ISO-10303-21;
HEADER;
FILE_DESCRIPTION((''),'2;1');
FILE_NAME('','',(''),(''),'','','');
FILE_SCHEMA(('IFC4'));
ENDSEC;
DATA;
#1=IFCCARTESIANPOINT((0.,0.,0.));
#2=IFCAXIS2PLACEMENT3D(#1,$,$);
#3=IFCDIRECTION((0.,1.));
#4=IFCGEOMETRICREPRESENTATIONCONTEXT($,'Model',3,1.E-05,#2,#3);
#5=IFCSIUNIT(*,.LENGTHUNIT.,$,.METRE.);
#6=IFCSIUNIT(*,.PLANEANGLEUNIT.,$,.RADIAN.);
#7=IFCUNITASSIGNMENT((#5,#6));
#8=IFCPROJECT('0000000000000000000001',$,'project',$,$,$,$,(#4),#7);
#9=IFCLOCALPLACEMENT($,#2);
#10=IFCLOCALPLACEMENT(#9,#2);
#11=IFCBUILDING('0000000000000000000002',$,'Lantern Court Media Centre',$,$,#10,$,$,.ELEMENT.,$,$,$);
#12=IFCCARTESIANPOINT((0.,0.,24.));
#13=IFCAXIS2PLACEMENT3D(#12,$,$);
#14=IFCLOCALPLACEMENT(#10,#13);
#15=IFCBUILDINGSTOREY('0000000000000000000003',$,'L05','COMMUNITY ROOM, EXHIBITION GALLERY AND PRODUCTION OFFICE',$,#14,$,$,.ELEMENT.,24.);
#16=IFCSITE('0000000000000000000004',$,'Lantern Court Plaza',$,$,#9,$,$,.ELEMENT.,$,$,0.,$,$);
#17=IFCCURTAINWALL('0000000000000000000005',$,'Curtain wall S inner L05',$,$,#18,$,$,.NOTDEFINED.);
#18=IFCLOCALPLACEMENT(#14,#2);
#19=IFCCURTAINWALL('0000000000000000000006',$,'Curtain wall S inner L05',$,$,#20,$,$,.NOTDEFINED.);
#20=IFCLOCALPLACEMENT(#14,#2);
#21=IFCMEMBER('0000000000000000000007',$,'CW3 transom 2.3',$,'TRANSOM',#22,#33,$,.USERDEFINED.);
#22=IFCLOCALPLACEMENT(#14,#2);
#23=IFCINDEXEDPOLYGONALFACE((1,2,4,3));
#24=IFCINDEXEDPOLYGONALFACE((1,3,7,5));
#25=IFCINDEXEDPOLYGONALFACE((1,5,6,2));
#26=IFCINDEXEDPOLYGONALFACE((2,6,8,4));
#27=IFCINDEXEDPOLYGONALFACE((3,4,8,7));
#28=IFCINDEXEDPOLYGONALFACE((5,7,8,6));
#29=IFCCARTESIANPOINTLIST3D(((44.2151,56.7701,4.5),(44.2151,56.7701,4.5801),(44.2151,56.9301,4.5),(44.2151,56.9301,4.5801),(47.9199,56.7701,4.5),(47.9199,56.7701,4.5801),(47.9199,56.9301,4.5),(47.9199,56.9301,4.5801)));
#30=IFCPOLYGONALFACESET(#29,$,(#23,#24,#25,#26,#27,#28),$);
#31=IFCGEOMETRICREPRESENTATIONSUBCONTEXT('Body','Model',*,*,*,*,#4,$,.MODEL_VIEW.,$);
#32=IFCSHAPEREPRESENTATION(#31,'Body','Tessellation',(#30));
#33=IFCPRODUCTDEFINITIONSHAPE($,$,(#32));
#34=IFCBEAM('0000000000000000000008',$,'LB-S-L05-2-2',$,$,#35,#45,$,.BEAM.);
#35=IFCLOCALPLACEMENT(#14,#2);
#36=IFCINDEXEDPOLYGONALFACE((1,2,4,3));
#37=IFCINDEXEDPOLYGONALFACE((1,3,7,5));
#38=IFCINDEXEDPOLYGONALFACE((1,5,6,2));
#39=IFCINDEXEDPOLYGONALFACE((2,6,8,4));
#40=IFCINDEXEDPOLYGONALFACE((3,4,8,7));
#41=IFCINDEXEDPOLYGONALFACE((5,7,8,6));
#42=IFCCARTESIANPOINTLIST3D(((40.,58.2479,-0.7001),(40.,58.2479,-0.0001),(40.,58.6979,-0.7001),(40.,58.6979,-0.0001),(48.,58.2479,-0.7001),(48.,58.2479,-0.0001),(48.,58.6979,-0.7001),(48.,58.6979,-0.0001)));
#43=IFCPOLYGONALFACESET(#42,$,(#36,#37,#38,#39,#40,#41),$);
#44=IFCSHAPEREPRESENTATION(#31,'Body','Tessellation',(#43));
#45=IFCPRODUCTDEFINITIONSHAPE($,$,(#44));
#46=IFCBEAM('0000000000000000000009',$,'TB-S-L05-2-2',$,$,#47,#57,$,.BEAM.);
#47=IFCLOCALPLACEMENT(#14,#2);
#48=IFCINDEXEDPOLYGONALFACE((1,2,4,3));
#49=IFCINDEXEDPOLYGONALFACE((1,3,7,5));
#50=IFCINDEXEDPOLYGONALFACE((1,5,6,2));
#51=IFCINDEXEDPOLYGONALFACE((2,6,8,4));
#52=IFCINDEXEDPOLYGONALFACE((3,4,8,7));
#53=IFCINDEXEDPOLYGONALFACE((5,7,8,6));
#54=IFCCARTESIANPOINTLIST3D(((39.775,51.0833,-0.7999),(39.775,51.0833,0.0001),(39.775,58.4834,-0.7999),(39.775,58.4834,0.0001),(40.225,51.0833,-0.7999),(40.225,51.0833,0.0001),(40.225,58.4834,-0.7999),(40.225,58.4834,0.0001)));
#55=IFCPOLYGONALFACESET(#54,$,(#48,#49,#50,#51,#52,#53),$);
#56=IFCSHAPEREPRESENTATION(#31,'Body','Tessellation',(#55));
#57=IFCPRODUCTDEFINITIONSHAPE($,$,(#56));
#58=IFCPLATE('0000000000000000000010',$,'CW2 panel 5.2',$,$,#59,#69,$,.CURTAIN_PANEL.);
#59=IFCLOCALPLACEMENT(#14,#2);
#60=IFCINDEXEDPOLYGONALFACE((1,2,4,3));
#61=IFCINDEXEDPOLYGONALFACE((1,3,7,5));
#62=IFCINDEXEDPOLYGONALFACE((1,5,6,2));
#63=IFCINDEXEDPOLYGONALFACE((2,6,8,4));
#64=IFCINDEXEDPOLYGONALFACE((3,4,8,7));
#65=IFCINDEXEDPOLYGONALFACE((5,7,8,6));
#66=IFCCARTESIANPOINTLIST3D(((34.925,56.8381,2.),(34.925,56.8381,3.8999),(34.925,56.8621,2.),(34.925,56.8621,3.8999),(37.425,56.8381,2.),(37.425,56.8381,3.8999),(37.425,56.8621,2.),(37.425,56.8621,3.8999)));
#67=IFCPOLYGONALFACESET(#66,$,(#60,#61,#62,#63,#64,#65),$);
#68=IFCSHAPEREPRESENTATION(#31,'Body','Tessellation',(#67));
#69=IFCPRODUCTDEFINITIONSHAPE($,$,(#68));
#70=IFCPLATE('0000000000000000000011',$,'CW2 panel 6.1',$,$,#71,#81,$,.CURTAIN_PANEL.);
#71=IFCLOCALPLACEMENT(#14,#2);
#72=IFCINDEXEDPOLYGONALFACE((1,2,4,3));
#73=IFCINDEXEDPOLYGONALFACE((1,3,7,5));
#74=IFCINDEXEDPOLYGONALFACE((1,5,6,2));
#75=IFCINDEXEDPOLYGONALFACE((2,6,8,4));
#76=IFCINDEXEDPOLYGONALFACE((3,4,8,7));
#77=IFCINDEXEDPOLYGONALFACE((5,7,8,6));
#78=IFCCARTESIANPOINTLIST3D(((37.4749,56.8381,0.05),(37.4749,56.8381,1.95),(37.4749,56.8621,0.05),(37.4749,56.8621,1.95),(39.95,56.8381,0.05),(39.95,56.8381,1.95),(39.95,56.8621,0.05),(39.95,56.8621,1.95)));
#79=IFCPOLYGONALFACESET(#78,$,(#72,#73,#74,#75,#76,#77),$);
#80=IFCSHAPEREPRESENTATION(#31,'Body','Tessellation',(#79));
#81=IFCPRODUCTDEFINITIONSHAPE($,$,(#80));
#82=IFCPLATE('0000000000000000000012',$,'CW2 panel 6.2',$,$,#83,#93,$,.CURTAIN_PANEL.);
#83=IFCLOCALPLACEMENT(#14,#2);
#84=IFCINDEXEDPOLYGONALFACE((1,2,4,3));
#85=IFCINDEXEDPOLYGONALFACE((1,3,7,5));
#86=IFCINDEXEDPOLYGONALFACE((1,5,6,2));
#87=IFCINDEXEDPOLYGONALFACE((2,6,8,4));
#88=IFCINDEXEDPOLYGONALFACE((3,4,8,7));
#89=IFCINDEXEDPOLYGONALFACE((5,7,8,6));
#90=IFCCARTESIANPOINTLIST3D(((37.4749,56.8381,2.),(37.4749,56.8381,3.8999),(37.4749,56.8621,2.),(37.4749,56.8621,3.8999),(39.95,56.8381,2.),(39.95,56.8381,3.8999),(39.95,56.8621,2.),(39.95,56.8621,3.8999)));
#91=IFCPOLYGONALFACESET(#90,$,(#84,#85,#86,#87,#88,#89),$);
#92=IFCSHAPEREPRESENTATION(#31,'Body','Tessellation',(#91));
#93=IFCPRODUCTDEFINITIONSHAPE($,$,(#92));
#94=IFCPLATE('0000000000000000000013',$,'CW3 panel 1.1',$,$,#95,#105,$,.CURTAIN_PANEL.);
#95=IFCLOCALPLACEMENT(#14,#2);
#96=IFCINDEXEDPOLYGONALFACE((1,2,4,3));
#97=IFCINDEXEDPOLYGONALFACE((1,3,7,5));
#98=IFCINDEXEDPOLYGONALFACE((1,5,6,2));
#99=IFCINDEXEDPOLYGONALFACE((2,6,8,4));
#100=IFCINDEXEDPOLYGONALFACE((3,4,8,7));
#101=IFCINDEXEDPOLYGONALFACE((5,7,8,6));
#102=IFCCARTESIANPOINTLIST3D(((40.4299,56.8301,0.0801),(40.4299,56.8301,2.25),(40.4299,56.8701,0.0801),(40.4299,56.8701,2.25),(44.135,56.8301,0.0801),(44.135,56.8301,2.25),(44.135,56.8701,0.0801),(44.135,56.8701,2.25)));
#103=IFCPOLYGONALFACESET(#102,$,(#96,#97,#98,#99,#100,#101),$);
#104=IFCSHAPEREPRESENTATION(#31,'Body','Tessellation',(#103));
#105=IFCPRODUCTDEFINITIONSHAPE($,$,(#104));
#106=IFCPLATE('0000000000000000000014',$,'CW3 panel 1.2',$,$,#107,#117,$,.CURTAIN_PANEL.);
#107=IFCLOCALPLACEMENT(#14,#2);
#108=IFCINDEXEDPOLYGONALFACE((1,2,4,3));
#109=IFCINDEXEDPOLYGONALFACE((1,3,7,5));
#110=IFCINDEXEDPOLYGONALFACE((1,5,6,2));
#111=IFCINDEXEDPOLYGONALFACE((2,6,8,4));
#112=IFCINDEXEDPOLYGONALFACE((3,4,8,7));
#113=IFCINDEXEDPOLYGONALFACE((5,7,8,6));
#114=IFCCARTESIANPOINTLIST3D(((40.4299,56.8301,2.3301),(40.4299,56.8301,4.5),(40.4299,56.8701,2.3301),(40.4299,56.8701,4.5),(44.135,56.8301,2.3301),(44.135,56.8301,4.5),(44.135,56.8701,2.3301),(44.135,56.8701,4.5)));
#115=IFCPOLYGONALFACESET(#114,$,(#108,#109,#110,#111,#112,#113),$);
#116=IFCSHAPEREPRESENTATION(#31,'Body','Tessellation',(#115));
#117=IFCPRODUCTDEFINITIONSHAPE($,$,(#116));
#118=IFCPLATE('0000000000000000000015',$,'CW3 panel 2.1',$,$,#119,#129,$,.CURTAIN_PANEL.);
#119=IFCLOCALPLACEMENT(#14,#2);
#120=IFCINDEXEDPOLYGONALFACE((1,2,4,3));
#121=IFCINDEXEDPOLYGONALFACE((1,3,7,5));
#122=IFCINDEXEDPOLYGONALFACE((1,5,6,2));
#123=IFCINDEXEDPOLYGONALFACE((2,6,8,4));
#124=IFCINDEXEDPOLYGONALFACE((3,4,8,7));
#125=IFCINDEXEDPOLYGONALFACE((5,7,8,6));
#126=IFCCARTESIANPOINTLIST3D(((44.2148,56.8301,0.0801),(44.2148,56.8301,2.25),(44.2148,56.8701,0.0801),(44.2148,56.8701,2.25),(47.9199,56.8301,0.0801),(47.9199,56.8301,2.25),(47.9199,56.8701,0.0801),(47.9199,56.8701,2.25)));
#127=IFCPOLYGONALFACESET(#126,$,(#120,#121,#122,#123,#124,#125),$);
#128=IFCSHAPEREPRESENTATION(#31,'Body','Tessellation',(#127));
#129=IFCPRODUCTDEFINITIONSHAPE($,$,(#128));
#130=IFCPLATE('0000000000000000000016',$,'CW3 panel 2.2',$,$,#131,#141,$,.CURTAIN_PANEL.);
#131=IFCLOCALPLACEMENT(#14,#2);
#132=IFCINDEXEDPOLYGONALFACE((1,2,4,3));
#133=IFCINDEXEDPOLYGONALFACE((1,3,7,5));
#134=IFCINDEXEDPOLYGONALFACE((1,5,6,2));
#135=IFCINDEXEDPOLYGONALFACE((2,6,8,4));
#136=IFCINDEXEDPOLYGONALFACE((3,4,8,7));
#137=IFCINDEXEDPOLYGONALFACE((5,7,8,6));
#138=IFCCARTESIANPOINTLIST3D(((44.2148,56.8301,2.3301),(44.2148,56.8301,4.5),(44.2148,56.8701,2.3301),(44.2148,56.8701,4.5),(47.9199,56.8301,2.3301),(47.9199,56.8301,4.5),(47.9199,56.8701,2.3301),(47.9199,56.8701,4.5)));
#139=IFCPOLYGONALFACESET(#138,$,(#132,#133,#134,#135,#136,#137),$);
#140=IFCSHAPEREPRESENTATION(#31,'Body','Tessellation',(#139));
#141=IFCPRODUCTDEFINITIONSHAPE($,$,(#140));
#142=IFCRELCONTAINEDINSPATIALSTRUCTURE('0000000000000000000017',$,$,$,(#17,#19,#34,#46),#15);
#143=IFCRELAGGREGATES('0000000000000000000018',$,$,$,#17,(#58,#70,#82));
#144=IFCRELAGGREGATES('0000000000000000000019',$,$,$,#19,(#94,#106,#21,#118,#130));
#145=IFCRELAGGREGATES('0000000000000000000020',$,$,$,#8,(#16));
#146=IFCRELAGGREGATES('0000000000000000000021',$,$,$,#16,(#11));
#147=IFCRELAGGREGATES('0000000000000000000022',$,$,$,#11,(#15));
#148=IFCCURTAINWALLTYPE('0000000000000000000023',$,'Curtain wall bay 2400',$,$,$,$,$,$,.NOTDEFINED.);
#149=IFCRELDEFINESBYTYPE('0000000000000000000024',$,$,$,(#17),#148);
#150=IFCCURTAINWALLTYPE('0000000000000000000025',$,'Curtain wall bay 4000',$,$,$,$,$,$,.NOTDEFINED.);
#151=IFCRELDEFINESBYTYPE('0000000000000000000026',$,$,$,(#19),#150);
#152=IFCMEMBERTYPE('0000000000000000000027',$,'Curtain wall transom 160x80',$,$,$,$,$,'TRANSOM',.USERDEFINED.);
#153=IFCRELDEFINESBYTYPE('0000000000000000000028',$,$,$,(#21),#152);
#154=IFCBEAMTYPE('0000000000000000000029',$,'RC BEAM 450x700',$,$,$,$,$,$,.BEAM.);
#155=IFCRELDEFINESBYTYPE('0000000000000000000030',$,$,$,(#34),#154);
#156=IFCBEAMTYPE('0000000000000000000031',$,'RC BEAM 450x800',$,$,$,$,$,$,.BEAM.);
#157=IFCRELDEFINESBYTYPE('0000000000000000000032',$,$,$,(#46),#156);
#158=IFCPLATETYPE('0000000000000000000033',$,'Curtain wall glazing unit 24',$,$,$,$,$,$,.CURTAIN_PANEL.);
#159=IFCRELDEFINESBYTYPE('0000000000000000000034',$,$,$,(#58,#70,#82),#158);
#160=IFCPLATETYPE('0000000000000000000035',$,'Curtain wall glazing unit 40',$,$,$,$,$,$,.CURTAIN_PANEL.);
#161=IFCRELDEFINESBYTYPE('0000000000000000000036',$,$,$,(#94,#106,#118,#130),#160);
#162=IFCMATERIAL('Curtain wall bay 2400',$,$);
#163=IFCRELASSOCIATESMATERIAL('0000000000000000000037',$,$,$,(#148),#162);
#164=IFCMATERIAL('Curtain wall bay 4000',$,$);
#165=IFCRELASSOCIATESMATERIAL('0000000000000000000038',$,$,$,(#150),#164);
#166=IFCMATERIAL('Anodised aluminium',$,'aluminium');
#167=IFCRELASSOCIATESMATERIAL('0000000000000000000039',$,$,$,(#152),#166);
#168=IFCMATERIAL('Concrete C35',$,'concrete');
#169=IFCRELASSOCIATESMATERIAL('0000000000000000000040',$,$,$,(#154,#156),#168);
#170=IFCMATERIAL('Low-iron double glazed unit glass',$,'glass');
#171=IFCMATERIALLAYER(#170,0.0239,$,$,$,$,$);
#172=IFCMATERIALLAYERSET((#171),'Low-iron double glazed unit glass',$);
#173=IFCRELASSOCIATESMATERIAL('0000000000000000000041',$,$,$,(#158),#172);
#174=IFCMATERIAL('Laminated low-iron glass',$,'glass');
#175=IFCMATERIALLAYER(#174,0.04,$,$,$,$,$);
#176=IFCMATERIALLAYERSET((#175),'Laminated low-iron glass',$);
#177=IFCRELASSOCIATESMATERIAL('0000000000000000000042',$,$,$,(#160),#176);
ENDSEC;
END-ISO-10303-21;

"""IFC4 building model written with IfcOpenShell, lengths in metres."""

from ifc_helpers import new_model, si_unit, direction, frame, origin, origin_2d, place, context, subcontext, project, spatial, rectangle, extrude, material, layer, layer_set, material_profile, profile_set, type_object, element, aggregate, save


model = new_model("IFC4")

# Units and contexts
model_context = context("Model", 3, precision=1e-05, world=origin(), true_north=direction((0.0, 1.0)))
body_context = subcontext(model_context, "Body", "Model", "MODEL_VIEW")
ifc_project = project(units=[si_unit("LENGTHUNIT", "METRE"), si_unit("PLANEANGLEUNIT", "RADIAN")], contexts=[model_context])

# Site, building, storey
site_placement = place(None, origin())
site = spatial("IfcSite", under=ifc_project, at=site_placement, Name="Lantern Court Plaza", CompositionType="ELEMENT", RefElevation=0.0)
building_placement = place(site_placement, origin())
building = spatial("IfcBuilding", under=site, at=building_placement, Name="Lantern Court Media Centre", CompositionType="ELEMENT")
storey_placement = place(building_placement, frame((0.0, 0.0, 24.0)))
storey = spatial("IfcBuildingStorey", under=building, at=storey_placement, Name="L05", Description="COMMUNITY ROOM, EXHIBITION GALLERY AND PRODUCTION OFFICE", CompositionType="ELEMENT", Elevation=24.0)

# Shared definitions
ifc_material_1 = material(Name="Concrete C35", Category="concrete")

# Curtain walls
ifc_material_2 = material(Name="Curtain wall bay 2400")
curtain_wall_type_1 = type_object("IfcCurtainWallType", Name="Curtain wall bay 2400", PredefinedType="NOTDEFINED", material=ifc_material_2)
curtain_wall_1_placement = place(storey_placement, origin())
curtain_wall_1 = element("IfcCurtainWall", 1, at=curtain_wall_1_placement, inside=storey, type_object=curtain_wall_type_1, Name="Curtain wall S inner L05", PredefinedType="NOTDEFINED")
ifc_material_3 = material(Name="Anodised aluminium", Category="aluminium")
ifc_material_4 = material(Name="Curtain wall bay 4000")
curtain_wall_type_2 = type_object("IfcCurtainWallType", Name="Curtain wall bay 4000", PredefinedType="NOTDEFINED", material=ifc_material_4)
curtain_wall_2_placement = place(storey_placement, origin())
curtain_wall_2 = element("IfcCurtainWall", 2, at=curtain_wall_2_placement, inside=storey, type_object=curtain_wall_type_2, Name="Curtain wall S inner L05", PredefinedType="NOTDEFINED")

# Member
ifc_material_profile_1 = material_profile(ifc_material_3, rectangle(XDim=0.1599, YDim=0.0801, at=origin_2d()), Name="AL 80x160")
ifc_profile_set_1 = profile_set([ifc_material_profile_1], Name="Anodised aluminium")
member_type_1 = type_object("IfcMemberType", Name="Curtain wall transom 160x80", ElementType="TRANSOM", PredefinedType="USERDEFINED", material=ifc_profile_set_1)
member_1_placement = place(storey_placement, frame((44.2151, 56.8501, 4.54), z_axis=(1.0, 0.0, 0.0), x_axis=(0.0, 1.0, 0.0)))
member_1 = element("IfcMember", 3, at=member_1_placement, type_object=member_type_1, Name="CW3 transom 2.3", ObjectType="TRANSOM", PredefinedType="USERDEFINED", context=body_context, shape_type="SweptSolid", body=[
    extrude(rectangle(XDim=0.1599, YDim=0.0801, at=origin_2d()), origin(), (0.0, 0.0, 1.0), 3.7048),
])

# Beams
ifc_material_profile_2 = material_profile(ifc_material_1, rectangle(XDim=0.45, YDim=0.7, at=origin_2d()), Name="RC 450x700")
ifc_profile_set_2 = profile_set([ifc_material_profile_2], Name="Concrete C35")
beam_type_1 = type_object("IfcBeamType", Name="RC BEAM 450x700", PredefinedType="BEAM", material=ifc_profile_set_2)
beam_1_placement = place(storey_placement, frame((40.0, 58.4729, -0.3501), z_axis=(1.0, 0.0, 0.0), x_axis=(0.0, 1.0, 0.0)))
element("IfcBeam", 4, at=beam_1_placement, inside=storey, type_object=beam_type_1, Name="LB-S-L05-2-2", PredefinedType="BEAM", context=body_context, shape_type="SweptSolid", body=[
    extrude(rectangle(XDim=0.45, YDim=0.7, at=origin_2d()), origin(), (0.0, 0.0, 1.0), 8.0),
])
ifc_material_profile_3 = material_profile(ifc_material_1, rectangle(XDim=0.45, YDim=0.8, at=origin_2d()), Name="RC 450x800")
ifc_profile_set_3 = profile_set([ifc_material_profile_3], Name="Concrete C35")
beam_type_2 = type_object("IfcBeamType", Name="RC BEAM 450x800", PredefinedType="BEAM", material=ifc_profile_set_3)
beam_2_placement = place(storey_placement, frame((40.0, 51.0833, -0.3999), z_axis=(0.0, 1.0, 0.0), x_axis=(-1.0, 0.0, 0.0)))
element("IfcBeam", 5, at=beam_2_placement, inside=storey, type_object=beam_type_2, Name="TB-S-L05-2-2", PredefinedType="BEAM", context=body_context, shape_type="SweptSolid", body=[
    extrude(rectangle(XDim=0.45, YDim=0.8, at=origin_2d()), origin(), (0.0, 0.0, 1.0), 7.4001),
])

# Plates
ifc_material_5 = material(Name="Low-iron double glazed unit glass", Category="glass")
ifc_layer_1 = layer(ifc_material_5, 0.0239)
ifc_layer_set_1 = layer_set([ifc_layer_1], Name="Low-iron double glazed unit glass")
plate_type_1 = type_object("IfcPlateType", Name="Curtain wall glazing unit 24", PredefinedType="CURTAIN_PANEL", material=ifc_layer_set_1)
plate_1_placement = place(storey_placement, frame((36.175, 56.8501, 2.0), z_axis=(0.0, 0.0, 1.0), x_axis=(1.0, 0.0, 0.0)))
plate_1 = element("IfcPlate", 6, at=plate_1_placement, type_object=plate_type_1, Name="CW2 panel 5.2", PredefinedType="CURTAIN_PANEL", context=body_context, shape_type="SweptSolid", body=[
    extrude(rectangle(XDim=2.5, YDim=0.0239, at=origin_2d()), origin(), (0.0, 0.0, 1.0), 1.8999),
])
plate_2_placement = place(storey_placement, frame((38.7124, 56.8501, 0.05), z_axis=(0.0, 0.0, 1.0), x_axis=(1.0, 0.0, 0.0)))
plate_2 = element("IfcPlate", 7, at=plate_2_placement, type_object=plate_type_1, Name="CW2 panel 6.1", PredefinedType="CURTAIN_PANEL", context=body_context, shape_type="SweptSolid", body=[
    extrude(rectangle(XDim=2.4751, YDim=0.0239, at=origin_2d()), origin(), (0.0, 0.0, 1.0), 1.8999),
])
plate_3_placement = place(storey_placement, frame((38.7124, 56.8501, 2.0), z_axis=(0.0, 0.0, 1.0), x_axis=(1.0, 0.0, 0.0)))
plate_3 = element("IfcPlate", 8, at=plate_3_placement, type_object=plate_type_1, Name="CW2 panel 6.2", PredefinedType="CURTAIN_PANEL", context=body_context, shape_type="SweptSolid", body=[
    extrude(rectangle(XDim=2.4751, YDim=0.0239, at=origin_2d()), origin(), (0.0, 0.0, 1.0), 1.8999),
])
aggregate(curtain_wall_1, [plate_1, plate_2, plate_3])
ifc_material_6 = material(Name="Laminated low-iron glass", Category="glass")
ifc_layer_2 = layer(ifc_material_6, 0.04)
ifc_layer_set_2 = layer_set([ifc_layer_2], Name="Laminated low-iron glass")
plate_type_2 = type_object("IfcPlateType", Name="Curtain wall glazing unit 40", PredefinedType="CURTAIN_PANEL", material=ifc_layer_set_2)
plate_4_placement = place(storey_placement, frame((42.2825, 56.8501, 0.0801), z_axis=(0.0, 0.0, 1.0), x_axis=(1.0, 0.0, 0.0)))
plate_4 = element("IfcPlate", 9, at=plate_4_placement, type_object=plate_type_2, Name="CW3 panel 1.1", PredefinedType="CURTAIN_PANEL", context=body_context, shape_type="SweptSolid", body=[
    extrude(rectangle(XDim=3.7051, YDim=0.04, at=origin_2d()), origin(), (0.0, 0.0, 1.0), 2.1699),
])
plate_5_placement = place(storey_placement, frame((42.2825, 56.8501, 2.3301), z_axis=(0.0, 0.0, 1.0), x_axis=(1.0, 0.0, 0.0)))
plate_5 = element("IfcPlate", 10, at=plate_5_placement, type_object=plate_type_2, Name="CW3 panel 1.2", PredefinedType="CURTAIN_PANEL", context=body_context, shape_type="SweptSolid", body=[
    extrude(rectangle(XDim=3.7051, YDim=0.04, at=origin_2d()), origin(), (0.0, 0.0, 1.0), 2.1699),
])
plate_6_placement = place(storey_placement, frame((46.0674, 56.8501, 0.0801), z_axis=(0.0, 0.0, 1.0), x_axis=(1.0, 0.0, 0.0)))
plate_6 = element("IfcPlate", 11, at=plate_6_placement, type_object=plate_type_2, Name="CW3 panel 2.1", PredefinedType="CURTAIN_PANEL", context=body_context, shape_type="SweptSolid", body=[
    extrude(rectangle(XDim=3.7051, YDim=0.04, at=origin_2d()), origin(), (0.0, 0.0, 1.0), 2.1699),
])
plate_7_placement = place(storey_placement, frame((46.0674, 56.8501, 2.3301), z_axis=(0.0, 0.0, 1.0), x_axis=(1.0, 0.0, 0.0)))
plate_7 = element("IfcPlate", 12, at=plate_7_placement, type_object=plate_type_2, Name="CW3 panel 2.2", PredefinedType="CURTAIN_PANEL", context=body_context, shape_type="SweptSolid", body=[
    extrude(rectangle(XDim=3.7051, YDim=0.04, at=origin_2d()), origin(), (0.0, 0.0, 1.0), 2.1699),
])
aggregate(curtain_wall_2, [plate_4, plate_5, member_1, plate_6, plate_7])

save(model, "model.ifc")
